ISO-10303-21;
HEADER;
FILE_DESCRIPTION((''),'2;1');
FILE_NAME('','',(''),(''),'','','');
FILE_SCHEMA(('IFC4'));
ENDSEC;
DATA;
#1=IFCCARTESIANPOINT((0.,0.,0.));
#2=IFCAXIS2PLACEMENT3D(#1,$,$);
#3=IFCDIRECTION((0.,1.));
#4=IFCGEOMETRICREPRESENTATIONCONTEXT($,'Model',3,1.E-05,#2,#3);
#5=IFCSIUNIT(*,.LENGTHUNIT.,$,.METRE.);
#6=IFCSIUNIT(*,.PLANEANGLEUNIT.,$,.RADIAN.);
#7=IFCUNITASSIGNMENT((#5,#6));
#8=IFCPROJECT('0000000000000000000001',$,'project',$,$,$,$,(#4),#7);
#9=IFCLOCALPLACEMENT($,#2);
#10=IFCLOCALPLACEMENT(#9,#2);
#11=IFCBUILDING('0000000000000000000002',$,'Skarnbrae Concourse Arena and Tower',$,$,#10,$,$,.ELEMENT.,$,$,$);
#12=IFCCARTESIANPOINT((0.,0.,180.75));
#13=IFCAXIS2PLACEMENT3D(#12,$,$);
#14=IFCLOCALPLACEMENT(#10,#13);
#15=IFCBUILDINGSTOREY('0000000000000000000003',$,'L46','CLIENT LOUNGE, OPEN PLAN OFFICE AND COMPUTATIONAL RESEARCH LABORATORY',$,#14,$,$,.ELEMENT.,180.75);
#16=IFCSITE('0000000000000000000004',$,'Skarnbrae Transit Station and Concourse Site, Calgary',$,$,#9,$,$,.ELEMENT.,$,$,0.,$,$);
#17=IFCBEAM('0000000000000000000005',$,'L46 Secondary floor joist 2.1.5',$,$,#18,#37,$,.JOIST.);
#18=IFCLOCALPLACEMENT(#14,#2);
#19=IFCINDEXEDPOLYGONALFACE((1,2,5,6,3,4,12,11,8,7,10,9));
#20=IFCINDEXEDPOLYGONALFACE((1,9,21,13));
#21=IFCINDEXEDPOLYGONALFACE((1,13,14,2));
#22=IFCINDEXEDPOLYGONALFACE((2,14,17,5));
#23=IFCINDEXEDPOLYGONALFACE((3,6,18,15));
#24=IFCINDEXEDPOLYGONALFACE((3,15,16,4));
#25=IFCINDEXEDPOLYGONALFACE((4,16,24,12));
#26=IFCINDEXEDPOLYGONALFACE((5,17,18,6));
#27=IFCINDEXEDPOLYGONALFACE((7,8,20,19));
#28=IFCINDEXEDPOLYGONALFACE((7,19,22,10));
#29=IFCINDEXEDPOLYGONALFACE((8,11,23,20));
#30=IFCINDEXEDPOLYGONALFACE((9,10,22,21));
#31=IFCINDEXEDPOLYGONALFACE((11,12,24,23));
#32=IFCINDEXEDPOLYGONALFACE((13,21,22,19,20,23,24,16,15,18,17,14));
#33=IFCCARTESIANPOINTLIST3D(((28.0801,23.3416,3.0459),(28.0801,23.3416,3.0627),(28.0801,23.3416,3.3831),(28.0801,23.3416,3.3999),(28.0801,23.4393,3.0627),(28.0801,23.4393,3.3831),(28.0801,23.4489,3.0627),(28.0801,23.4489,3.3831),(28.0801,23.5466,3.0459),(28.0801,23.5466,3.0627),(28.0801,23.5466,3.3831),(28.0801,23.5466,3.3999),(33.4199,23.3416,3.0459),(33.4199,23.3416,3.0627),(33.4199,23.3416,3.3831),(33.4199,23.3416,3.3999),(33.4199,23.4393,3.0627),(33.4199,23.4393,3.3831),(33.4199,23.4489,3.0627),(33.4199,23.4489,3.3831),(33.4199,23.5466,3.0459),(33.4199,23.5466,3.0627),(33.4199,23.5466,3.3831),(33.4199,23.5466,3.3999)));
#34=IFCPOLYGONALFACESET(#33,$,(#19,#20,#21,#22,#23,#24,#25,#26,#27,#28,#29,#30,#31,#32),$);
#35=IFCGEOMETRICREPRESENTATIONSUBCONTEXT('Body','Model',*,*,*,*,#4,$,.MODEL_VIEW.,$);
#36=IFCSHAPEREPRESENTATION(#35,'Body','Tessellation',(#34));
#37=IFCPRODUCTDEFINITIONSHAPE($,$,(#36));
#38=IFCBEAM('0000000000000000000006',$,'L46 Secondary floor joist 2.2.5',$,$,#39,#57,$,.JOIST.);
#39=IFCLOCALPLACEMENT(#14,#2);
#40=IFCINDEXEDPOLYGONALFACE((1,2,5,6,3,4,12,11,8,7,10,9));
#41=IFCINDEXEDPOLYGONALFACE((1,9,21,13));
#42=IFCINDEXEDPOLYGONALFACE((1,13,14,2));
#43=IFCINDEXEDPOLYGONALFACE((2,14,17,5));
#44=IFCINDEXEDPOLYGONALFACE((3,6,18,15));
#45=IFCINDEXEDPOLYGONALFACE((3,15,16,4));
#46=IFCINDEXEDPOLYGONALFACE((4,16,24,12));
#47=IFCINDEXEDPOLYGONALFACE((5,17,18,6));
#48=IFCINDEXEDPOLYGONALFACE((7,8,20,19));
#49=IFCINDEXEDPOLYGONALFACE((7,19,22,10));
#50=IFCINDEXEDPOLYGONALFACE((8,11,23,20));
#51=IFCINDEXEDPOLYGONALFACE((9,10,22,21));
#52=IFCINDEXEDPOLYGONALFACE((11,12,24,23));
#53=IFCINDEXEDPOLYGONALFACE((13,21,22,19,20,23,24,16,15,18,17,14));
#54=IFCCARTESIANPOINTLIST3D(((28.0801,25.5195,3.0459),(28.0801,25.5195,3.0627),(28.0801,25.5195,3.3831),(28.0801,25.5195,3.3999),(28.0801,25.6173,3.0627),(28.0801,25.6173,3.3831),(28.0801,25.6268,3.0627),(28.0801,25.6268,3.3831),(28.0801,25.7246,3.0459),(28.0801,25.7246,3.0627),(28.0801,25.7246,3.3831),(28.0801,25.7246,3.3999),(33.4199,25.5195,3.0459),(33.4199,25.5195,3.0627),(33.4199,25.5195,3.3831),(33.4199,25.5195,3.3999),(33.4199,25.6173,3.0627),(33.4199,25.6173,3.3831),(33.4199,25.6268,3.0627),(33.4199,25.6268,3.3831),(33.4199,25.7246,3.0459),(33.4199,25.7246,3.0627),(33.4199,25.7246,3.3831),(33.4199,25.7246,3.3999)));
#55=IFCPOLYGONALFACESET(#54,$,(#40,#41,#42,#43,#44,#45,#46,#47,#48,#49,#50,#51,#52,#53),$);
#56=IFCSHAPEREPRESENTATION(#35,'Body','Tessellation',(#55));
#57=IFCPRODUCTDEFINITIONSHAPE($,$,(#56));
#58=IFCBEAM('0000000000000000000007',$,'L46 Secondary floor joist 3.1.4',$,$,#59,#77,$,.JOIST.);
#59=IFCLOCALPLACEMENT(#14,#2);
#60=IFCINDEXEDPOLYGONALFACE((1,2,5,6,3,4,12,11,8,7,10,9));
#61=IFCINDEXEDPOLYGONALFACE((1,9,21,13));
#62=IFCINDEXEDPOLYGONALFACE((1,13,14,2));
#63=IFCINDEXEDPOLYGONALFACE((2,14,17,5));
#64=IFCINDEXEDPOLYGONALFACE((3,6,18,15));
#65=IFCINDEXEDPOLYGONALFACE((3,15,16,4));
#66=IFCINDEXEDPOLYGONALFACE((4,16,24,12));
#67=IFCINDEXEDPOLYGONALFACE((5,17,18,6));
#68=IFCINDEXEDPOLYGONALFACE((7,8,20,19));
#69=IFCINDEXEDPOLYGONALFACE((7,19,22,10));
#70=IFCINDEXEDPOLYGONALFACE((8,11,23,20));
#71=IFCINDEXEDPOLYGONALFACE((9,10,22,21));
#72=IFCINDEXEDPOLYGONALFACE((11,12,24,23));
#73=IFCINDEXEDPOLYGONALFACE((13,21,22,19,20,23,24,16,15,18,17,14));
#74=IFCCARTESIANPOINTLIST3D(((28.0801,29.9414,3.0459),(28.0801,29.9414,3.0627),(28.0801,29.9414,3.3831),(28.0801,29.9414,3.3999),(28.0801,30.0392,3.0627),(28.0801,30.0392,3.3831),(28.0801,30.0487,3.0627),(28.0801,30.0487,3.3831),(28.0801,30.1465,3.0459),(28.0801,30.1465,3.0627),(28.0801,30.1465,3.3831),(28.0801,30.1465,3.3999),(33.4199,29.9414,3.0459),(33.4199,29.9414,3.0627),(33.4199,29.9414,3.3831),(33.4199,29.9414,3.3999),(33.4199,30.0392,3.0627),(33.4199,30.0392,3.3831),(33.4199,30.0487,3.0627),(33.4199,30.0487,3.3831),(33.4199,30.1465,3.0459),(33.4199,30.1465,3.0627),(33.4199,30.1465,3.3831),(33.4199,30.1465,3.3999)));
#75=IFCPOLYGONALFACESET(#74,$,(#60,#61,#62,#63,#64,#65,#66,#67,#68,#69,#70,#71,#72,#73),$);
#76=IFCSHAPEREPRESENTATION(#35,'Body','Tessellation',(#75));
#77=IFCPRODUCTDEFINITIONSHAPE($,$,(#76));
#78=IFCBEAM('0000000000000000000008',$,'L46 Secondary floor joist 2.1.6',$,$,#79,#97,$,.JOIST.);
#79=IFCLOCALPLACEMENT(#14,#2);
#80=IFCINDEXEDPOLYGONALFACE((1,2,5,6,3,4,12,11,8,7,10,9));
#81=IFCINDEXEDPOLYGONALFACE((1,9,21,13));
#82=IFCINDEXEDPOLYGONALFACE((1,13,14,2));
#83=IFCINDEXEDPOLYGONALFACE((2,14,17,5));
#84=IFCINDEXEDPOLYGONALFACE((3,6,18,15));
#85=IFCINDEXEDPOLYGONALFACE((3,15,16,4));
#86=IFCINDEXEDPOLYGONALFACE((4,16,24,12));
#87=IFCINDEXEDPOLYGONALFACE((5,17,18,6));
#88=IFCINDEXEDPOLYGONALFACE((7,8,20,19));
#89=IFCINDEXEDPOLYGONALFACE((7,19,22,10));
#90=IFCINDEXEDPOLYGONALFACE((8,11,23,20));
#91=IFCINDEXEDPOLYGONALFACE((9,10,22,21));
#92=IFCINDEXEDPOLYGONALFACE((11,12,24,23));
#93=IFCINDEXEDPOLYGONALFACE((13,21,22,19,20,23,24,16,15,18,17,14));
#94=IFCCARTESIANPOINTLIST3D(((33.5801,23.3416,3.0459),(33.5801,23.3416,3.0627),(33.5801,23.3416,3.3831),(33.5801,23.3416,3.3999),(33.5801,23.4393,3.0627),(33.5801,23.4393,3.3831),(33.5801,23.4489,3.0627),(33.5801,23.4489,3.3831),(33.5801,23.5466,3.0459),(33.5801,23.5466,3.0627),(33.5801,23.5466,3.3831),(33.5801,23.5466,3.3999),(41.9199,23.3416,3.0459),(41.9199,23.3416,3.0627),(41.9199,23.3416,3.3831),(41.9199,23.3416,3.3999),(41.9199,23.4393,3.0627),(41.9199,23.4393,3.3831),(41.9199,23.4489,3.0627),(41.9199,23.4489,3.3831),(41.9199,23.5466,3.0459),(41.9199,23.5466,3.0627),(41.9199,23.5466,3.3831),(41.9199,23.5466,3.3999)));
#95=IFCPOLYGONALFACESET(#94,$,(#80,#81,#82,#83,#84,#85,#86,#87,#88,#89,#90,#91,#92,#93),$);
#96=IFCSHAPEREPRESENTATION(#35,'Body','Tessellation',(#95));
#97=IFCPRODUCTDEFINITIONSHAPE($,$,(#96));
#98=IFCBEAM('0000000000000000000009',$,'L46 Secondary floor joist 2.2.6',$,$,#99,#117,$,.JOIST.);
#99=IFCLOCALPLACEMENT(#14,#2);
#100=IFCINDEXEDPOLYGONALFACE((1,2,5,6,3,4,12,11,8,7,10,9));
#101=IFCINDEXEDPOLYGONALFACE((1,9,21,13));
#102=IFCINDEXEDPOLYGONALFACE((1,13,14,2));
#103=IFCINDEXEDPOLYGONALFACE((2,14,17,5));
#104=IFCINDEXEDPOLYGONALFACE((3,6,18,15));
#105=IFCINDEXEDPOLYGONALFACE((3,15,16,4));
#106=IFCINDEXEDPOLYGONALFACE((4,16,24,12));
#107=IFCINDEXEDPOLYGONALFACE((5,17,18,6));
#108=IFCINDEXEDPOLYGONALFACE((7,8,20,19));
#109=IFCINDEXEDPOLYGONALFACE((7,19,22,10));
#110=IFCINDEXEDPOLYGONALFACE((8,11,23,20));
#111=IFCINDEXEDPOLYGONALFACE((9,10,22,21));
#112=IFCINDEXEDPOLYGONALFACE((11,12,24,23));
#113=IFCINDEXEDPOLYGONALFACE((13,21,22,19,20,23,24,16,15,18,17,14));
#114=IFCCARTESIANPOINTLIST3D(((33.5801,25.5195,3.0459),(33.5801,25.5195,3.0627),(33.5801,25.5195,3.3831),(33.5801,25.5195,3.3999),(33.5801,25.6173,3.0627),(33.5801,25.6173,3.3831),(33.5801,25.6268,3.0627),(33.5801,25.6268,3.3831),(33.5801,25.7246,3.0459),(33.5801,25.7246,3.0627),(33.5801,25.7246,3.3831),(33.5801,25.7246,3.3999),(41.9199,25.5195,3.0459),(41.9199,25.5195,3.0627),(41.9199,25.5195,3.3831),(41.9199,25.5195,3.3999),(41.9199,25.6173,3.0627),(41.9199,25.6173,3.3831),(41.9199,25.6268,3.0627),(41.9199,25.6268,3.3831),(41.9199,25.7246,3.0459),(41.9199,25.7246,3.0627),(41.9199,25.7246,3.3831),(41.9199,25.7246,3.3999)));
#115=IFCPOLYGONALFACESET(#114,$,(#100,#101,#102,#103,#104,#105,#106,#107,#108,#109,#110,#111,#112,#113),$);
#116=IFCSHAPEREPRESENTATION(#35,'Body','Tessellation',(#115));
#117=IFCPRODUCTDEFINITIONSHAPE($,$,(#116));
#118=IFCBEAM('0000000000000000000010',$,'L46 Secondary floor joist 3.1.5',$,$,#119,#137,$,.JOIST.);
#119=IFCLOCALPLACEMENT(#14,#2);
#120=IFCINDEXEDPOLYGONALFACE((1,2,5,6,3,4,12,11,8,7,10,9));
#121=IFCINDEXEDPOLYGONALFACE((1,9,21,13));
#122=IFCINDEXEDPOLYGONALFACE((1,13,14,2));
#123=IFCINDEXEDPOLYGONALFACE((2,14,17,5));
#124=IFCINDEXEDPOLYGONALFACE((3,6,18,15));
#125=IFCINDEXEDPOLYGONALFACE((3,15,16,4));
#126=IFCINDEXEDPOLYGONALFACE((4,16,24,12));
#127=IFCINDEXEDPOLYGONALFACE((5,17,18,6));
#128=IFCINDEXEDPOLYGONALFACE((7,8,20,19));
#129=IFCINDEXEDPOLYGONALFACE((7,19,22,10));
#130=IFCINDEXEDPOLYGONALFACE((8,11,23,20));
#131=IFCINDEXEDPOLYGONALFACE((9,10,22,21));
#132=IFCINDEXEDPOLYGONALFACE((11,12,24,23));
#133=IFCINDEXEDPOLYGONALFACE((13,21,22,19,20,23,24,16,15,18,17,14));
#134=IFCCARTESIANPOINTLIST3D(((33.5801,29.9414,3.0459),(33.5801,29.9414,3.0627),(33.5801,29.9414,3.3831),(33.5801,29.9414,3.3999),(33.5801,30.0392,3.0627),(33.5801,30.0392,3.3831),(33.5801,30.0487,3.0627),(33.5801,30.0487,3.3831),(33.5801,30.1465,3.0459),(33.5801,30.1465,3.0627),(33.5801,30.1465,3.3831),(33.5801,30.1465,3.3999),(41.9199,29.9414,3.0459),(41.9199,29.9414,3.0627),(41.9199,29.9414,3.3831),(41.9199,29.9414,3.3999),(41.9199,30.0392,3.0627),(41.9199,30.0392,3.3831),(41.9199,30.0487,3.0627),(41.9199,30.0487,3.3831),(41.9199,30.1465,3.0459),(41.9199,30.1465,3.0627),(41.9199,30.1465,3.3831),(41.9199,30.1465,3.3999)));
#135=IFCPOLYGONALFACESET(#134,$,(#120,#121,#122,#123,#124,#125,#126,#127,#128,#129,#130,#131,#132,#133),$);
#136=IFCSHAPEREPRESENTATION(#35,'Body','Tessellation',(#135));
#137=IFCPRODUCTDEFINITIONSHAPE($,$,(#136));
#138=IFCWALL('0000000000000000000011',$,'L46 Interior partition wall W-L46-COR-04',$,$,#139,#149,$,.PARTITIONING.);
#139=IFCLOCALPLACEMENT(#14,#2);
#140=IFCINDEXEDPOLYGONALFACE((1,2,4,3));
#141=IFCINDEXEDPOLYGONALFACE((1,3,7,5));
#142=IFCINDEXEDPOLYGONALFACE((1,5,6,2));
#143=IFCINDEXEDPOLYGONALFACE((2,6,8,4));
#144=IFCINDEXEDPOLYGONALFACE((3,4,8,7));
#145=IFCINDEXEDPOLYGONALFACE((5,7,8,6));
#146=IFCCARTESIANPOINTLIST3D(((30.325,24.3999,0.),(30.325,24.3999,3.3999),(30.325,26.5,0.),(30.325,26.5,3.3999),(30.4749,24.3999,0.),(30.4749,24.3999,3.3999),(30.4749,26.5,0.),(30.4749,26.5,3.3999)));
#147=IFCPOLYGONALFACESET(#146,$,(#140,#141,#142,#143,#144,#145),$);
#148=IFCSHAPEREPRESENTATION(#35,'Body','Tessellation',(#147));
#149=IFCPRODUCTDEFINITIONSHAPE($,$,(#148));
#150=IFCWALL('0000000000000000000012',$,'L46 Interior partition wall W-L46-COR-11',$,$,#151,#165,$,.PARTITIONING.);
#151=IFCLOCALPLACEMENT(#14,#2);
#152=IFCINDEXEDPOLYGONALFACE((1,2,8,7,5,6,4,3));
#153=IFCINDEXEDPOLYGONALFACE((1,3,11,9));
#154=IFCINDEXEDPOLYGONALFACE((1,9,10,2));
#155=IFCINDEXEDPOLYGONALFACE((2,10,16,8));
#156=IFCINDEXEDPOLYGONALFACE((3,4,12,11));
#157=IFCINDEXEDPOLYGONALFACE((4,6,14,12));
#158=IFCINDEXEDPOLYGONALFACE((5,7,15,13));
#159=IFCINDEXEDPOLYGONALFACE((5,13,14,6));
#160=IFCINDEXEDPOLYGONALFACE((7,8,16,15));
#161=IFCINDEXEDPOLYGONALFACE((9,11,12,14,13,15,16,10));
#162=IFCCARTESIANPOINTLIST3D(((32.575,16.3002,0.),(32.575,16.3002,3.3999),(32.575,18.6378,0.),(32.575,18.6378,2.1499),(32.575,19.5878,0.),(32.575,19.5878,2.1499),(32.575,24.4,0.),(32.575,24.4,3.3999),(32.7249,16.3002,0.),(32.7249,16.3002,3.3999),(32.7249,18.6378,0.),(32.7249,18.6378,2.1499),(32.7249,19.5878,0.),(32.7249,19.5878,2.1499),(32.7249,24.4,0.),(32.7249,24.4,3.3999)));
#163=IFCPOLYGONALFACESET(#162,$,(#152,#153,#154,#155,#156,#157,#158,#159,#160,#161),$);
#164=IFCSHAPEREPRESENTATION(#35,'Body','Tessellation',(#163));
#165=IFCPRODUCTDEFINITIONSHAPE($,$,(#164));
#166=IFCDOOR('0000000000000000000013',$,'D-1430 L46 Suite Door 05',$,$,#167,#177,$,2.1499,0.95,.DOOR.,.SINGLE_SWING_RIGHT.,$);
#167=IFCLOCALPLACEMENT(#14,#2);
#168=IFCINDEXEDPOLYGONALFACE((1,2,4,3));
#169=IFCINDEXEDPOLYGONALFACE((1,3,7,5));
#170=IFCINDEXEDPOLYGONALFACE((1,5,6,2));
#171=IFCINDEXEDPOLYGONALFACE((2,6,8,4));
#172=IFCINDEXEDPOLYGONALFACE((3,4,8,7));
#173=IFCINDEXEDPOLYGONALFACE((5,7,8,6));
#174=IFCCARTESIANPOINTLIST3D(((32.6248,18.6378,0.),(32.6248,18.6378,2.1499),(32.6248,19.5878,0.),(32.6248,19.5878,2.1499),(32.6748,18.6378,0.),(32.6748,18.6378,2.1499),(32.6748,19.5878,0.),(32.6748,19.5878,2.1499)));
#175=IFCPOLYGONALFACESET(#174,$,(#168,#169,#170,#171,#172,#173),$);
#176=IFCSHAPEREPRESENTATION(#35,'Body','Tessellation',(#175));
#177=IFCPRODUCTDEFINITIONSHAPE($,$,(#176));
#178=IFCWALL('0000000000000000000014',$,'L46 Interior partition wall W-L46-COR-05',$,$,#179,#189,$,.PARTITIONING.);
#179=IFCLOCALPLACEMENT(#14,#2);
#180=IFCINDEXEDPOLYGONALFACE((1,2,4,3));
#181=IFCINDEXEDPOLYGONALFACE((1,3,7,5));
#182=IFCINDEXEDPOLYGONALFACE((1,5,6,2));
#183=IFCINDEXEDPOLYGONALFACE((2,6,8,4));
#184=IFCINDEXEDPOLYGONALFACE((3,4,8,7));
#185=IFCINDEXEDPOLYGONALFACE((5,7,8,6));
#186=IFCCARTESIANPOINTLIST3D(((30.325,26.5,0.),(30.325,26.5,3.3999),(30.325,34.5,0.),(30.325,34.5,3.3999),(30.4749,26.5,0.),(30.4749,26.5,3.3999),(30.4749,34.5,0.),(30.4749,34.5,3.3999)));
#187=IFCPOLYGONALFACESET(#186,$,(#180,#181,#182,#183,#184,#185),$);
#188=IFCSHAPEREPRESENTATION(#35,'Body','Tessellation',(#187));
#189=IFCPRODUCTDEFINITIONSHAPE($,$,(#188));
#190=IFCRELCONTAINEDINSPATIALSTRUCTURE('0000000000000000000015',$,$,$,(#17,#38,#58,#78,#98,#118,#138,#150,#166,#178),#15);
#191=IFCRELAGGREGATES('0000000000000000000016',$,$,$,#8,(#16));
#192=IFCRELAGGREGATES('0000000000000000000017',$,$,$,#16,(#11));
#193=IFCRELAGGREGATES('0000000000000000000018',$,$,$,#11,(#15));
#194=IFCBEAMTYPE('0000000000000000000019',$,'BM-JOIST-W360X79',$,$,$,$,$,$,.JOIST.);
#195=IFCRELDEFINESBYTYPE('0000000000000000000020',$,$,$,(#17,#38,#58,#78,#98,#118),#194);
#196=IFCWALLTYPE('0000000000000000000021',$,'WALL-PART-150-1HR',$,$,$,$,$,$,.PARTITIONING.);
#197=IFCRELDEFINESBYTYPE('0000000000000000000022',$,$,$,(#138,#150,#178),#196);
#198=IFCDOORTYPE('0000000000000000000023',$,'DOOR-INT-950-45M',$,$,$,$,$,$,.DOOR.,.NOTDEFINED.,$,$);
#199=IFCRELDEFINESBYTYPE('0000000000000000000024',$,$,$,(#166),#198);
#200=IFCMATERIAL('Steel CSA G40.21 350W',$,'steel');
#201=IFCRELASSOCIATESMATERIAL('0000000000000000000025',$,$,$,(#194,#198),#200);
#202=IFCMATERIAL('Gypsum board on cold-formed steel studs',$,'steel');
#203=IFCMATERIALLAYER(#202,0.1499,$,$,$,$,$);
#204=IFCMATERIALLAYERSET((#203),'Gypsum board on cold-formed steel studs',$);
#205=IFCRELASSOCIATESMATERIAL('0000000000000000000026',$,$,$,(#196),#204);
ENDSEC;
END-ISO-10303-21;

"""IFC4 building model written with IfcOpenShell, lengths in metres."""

from ifc_helpers import new_model, si_unit, direction, frame, frame_2d, origin, origin_2d, place, context, subcontext, project, spatial, rectangle, i_section, extrude, source, transform, mapped, material, layer, layer_set, material_profile, profile_set, type_object, element, fill, save


model = new_model("IFC4")

# Units and contexts
model_context = context("Model", 3, precision=1e-05, world=origin(), true_north=direction((0.0, 1.0)))
body_context = subcontext(model_context, "Body", "Model", "MODEL_VIEW")
ifc_project = project(units=[si_unit("LENGTHUNIT", "METRE"), si_unit("PLANEANGLEUNIT", "RADIAN")], contexts=[model_context])

# Site, building, storey
site_placement = place(None, origin())
site = spatial("IfcSite", under=ifc_project, at=site_placement, Name="Skarnbrae Transit Station and Concourse Site, Calgary", CompositionType="ELEMENT", RefElevation=0.0)
building_placement = place(site_placement, origin())
building = spatial("IfcBuilding", under=site, at=building_placement, Name="Skarnbrae Concourse Arena and Tower", CompositionType="ELEMENT")
storey_placement = place(building_placement, frame((0.0, 0.0, 180.75)))
storey = spatial("IfcBuildingStorey", under=building, at=storey_placement, Name="L46", Description="CLIENT LOUNGE, OPEN PLAN OFFICE AND COMPUTATIONAL RESEARCH LABORATORY", CompositionType="ELEMENT", Elevation=180.75)

# Shared definitions
ifc_material_1 = material(Name="Steel CSA G40.21 350W", Category="steel")

# Beams
ifc_material_profile_1 = material_profile(ifc_material_1, i_section(OverallWidth=0.2051, OverallDepth=0.354, WebThickness=0.0095, FlangeThickness=0.0168, at=origin_2d()), Name="W360X79")
ifc_profile_set_1 = profile_set([ifc_material_profile_1], Name="Steel CSA G40.21 350W")
beam_type_1 = type_object("IfcBeamType", Name="BM-JOIST-W360X79", PredefinedType="JOIST", material=ifc_profile_set_1)
shared_shape_1 = source(origin(), body_context, "Body", "SweptSolid", [
    extrude(i_section(OverallWidth=0.2051, OverallDepth=0.354, WebThickness=0.0095, FlangeThickness=0.0168, at=origin_2d()), origin(), (0.0, 0.0, 1.0), 5.3398),
])
for number, where, z_axis, x_axis, name in (
    (1, (28.0801, 23.4441, 3.2229), (1.0, 0.0, 0.0), (0.0, 1.0, 0.0), "L46 Secondary floor joist 2.1.5"),
    (2, (28.0801, 25.6221, 3.2229), (1.0, 0.0, 0.0), (0.0, 1.0, 0.0), "L46 Secondary floor joist 2.2.5"),
    (3, (28.0801, 30.0439, 3.2229), (1.0, 0.0, 0.0), (0.0, 1.0, 0.0), "L46 Secondary floor joist 3.1.4"),
):
    element("IfcBeam", number, at=place(storey_placement, frame(where, z_axis=z_axis, x_axis=x_axis)), inside=storey, type_object=beam_type_1, Name=name, PredefinedType="JOIST", context=body_context, shape_type="MappedRepresentation", body=[
        mapped(shared_shape_1, transform((0.0, 0.0, 0.0))),
    ])
shared_shape_2 = source(origin(), body_context, "Body", "SweptSolid", [
    extrude(i_section(OverallWidth=0.2051, OverallDepth=0.354, WebThickness=0.0095, FlangeThickness=0.0168, at=origin_2d()), origin(), (0.0, 0.0, 1.0), 8.3398),
])
for number, where, z_axis, x_axis, name in (
    (4, (33.5801, 23.4441, 3.2229), (1.0, 0.0, 0.0), (0.0, 1.0, 0.0), "L46 Secondary floor joist 2.1.6"),
    (5, (33.5801, 25.6221, 3.2229), (1.0, 0.0, 0.0), (0.0, 1.0, 0.0), "L46 Secondary floor joist 2.2.6"),
    (6, (33.5801, 30.0439, 3.2229), (1.0, 0.0, 0.0), (0.0, 1.0, 0.0), "L46 Secondary floor joist 3.1.5"),
):
    element("IfcBeam", number, at=place(storey_placement, frame(where, z_axis=z_axis, x_axis=x_axis)), inside=storey, type_object=beam_type_1, Name=name, PredefinedType="JOIST", context=body_context, shape_type="MappedRepresentation", body=[
        mapped(shared_shape_2, transform((0.0, 0.0, 0.0))),
    ])

# Wall
ifc_material_2 = material(Name="Gypsum board on cold-formed steel studs", Category="steel")
ifc_layer_1 = layer(ifc_material_2, 0.1499)
ifc_layer_set_1 = layer_set([ifc_layer_1], Name="Gypsum board on cold-formed steel studs")
wall_type_1 = type_object("IfcWallType", Name="WALL-PART-150-1HR", PredefinedType="PARTITIONING", material=ifc_layer_set_1)
shared_shape_3 = source(origin(), body_context, "Body", "SweptSolid", [
    extrude(rectangle(XDim=2.1001, YDim=0.1499, at=frame_2d((1.05, 0.0))), origin(), (0.0, 0.0, 1.0), 3.3999),
])
wall_1_placement = place(storey_placement, frame((30.3999, 24.3999, 0.0), z_axis=(0.0, 0.0, 1.0), x_axis=(0.0, 1.0, 0.0)))
element("IfcWall", 7, at=wall_1_placement, inside=storey, type_object=wall_type_1, Name="L46 Interior partition wall W-L46-COR-04", PredefinedType="PARTITIONING", context=body_context, shape_type="MappedRepresentation", body=[
    mapped(shared_shape_3, transform((0.0, 0.0, 0.0))),
])

# Wall, opening, door
shared_shape_4 = source(origin(), body_context, "Body", "SweptSolid", [
    extrude(rectangle(XDim=8.0999, YDim=0.1499, at=frame_2d((4.0498, 0.0))), origin(), (0.0, 0.0, 1.0), 3.3999),
])
wall_2_placement = place(storey_placement, frame((32.6499, 24.3999, 0.0), z_axis=(0.0, 0.0, 1.0), x_axis=(0.0, -1.0, 0.0)))
wall_2 = element("IfcWall", 8, at=wall_2_placement, inside=storey, type_object=wall_type_1, Name="L46 Interior partition wall W-L46-COR-11", PredefinedType="PARTITIONING", context=body_context, shape_type="MappedRepresentation", body=[
    mapped(shared_shape_4, transform((0.0, 0.0, 0.0))),
])
opening_1_placement = place(wall_2_placement, frame((4.812, 0.0, 0.0)))
opening_1 = element("IfcOpeningElement", 9, at=opening_1_placement, cuts=wall_2, PredefinedType="OPENING", context=body_context, shape_type="SweptSolid", body=[
    extrude(rectangle(XDim=0.95, YDim=2.1499, at=frame_2d((0.4751, 1.075))), frame((0.0, 0.085, 0.0), z_axis=(0.0, -1.0, 0.0), x_axis=(1.0, 0.0, 0.0)), (0.0, 0.0, 1.0), 0.1699),
])
door_type = type_object("IfcDoorType", Name="DOOR-INT-950-45M", OperationType="NOTDEFINED", PredefinedType="DOOR", material=ifc_material_1)
shared_shape_5 = source(origin(), body_context, "Body", "SweptSolid", [
    extrude(rectangle(XDim=0.95, YDim=2.1499, at=frame_2d((0.4751, 1.075))), frame((0.0, 0.0249, 0.0), z_axis=(0.0, -1.0, 0.0), x_axis=(1.0, 0.0, 0.0)), (0.0, 0.0, 1.0), 0.05),
])
door_1_placement = place(opening_1_placement, origin())
door_1 = element("IfcDoor", 10, at=door_1_placement, inside=storey, type_object=door_type, Name="D-1430 L46 Suite Door 05", OperationType="SINGLE_SWING_RIGHT", OverallHeight=2.1499, OverallWidth=0.95, PredefinedType="DOOR", context=body_context, shape_type="MappedRepresentation", body=[
    mapped(shared_shape_5, transform((0.0, 0.0, 0.0))),
])
fill(opening_1, door_1)

# Wall
shared_shape_6 = source(origin(), body_context, "Body", "SweptSolid", [
    extrude(rectangle(XDim=8.0, YDim=0.1499, at=frame_2d((4.0, 0.0))), origin(), (0.0, 0.0, 1.0), 3.3999),
])
wall_3_placement = place(storey_placement, frame((30.3999, 26.5, 0.0), z_axis=(0.0, 0.0, 1.0), x_axis=(0.0, 1.0, 0.0)))
element("IfcWall", 11, at=wall_3_placement, inside=storey, type_object=wall_type_1, Name="L46 Interior partition wall W-L46-COR-05", PredefinedType="PARTITIONING", context=body_context, shape_type="MappedRepresentation", body=[
    mapped(shared_shape_6, transform((0.0, 0.0, 0.0))),
])

save(model, "model.ifc")
